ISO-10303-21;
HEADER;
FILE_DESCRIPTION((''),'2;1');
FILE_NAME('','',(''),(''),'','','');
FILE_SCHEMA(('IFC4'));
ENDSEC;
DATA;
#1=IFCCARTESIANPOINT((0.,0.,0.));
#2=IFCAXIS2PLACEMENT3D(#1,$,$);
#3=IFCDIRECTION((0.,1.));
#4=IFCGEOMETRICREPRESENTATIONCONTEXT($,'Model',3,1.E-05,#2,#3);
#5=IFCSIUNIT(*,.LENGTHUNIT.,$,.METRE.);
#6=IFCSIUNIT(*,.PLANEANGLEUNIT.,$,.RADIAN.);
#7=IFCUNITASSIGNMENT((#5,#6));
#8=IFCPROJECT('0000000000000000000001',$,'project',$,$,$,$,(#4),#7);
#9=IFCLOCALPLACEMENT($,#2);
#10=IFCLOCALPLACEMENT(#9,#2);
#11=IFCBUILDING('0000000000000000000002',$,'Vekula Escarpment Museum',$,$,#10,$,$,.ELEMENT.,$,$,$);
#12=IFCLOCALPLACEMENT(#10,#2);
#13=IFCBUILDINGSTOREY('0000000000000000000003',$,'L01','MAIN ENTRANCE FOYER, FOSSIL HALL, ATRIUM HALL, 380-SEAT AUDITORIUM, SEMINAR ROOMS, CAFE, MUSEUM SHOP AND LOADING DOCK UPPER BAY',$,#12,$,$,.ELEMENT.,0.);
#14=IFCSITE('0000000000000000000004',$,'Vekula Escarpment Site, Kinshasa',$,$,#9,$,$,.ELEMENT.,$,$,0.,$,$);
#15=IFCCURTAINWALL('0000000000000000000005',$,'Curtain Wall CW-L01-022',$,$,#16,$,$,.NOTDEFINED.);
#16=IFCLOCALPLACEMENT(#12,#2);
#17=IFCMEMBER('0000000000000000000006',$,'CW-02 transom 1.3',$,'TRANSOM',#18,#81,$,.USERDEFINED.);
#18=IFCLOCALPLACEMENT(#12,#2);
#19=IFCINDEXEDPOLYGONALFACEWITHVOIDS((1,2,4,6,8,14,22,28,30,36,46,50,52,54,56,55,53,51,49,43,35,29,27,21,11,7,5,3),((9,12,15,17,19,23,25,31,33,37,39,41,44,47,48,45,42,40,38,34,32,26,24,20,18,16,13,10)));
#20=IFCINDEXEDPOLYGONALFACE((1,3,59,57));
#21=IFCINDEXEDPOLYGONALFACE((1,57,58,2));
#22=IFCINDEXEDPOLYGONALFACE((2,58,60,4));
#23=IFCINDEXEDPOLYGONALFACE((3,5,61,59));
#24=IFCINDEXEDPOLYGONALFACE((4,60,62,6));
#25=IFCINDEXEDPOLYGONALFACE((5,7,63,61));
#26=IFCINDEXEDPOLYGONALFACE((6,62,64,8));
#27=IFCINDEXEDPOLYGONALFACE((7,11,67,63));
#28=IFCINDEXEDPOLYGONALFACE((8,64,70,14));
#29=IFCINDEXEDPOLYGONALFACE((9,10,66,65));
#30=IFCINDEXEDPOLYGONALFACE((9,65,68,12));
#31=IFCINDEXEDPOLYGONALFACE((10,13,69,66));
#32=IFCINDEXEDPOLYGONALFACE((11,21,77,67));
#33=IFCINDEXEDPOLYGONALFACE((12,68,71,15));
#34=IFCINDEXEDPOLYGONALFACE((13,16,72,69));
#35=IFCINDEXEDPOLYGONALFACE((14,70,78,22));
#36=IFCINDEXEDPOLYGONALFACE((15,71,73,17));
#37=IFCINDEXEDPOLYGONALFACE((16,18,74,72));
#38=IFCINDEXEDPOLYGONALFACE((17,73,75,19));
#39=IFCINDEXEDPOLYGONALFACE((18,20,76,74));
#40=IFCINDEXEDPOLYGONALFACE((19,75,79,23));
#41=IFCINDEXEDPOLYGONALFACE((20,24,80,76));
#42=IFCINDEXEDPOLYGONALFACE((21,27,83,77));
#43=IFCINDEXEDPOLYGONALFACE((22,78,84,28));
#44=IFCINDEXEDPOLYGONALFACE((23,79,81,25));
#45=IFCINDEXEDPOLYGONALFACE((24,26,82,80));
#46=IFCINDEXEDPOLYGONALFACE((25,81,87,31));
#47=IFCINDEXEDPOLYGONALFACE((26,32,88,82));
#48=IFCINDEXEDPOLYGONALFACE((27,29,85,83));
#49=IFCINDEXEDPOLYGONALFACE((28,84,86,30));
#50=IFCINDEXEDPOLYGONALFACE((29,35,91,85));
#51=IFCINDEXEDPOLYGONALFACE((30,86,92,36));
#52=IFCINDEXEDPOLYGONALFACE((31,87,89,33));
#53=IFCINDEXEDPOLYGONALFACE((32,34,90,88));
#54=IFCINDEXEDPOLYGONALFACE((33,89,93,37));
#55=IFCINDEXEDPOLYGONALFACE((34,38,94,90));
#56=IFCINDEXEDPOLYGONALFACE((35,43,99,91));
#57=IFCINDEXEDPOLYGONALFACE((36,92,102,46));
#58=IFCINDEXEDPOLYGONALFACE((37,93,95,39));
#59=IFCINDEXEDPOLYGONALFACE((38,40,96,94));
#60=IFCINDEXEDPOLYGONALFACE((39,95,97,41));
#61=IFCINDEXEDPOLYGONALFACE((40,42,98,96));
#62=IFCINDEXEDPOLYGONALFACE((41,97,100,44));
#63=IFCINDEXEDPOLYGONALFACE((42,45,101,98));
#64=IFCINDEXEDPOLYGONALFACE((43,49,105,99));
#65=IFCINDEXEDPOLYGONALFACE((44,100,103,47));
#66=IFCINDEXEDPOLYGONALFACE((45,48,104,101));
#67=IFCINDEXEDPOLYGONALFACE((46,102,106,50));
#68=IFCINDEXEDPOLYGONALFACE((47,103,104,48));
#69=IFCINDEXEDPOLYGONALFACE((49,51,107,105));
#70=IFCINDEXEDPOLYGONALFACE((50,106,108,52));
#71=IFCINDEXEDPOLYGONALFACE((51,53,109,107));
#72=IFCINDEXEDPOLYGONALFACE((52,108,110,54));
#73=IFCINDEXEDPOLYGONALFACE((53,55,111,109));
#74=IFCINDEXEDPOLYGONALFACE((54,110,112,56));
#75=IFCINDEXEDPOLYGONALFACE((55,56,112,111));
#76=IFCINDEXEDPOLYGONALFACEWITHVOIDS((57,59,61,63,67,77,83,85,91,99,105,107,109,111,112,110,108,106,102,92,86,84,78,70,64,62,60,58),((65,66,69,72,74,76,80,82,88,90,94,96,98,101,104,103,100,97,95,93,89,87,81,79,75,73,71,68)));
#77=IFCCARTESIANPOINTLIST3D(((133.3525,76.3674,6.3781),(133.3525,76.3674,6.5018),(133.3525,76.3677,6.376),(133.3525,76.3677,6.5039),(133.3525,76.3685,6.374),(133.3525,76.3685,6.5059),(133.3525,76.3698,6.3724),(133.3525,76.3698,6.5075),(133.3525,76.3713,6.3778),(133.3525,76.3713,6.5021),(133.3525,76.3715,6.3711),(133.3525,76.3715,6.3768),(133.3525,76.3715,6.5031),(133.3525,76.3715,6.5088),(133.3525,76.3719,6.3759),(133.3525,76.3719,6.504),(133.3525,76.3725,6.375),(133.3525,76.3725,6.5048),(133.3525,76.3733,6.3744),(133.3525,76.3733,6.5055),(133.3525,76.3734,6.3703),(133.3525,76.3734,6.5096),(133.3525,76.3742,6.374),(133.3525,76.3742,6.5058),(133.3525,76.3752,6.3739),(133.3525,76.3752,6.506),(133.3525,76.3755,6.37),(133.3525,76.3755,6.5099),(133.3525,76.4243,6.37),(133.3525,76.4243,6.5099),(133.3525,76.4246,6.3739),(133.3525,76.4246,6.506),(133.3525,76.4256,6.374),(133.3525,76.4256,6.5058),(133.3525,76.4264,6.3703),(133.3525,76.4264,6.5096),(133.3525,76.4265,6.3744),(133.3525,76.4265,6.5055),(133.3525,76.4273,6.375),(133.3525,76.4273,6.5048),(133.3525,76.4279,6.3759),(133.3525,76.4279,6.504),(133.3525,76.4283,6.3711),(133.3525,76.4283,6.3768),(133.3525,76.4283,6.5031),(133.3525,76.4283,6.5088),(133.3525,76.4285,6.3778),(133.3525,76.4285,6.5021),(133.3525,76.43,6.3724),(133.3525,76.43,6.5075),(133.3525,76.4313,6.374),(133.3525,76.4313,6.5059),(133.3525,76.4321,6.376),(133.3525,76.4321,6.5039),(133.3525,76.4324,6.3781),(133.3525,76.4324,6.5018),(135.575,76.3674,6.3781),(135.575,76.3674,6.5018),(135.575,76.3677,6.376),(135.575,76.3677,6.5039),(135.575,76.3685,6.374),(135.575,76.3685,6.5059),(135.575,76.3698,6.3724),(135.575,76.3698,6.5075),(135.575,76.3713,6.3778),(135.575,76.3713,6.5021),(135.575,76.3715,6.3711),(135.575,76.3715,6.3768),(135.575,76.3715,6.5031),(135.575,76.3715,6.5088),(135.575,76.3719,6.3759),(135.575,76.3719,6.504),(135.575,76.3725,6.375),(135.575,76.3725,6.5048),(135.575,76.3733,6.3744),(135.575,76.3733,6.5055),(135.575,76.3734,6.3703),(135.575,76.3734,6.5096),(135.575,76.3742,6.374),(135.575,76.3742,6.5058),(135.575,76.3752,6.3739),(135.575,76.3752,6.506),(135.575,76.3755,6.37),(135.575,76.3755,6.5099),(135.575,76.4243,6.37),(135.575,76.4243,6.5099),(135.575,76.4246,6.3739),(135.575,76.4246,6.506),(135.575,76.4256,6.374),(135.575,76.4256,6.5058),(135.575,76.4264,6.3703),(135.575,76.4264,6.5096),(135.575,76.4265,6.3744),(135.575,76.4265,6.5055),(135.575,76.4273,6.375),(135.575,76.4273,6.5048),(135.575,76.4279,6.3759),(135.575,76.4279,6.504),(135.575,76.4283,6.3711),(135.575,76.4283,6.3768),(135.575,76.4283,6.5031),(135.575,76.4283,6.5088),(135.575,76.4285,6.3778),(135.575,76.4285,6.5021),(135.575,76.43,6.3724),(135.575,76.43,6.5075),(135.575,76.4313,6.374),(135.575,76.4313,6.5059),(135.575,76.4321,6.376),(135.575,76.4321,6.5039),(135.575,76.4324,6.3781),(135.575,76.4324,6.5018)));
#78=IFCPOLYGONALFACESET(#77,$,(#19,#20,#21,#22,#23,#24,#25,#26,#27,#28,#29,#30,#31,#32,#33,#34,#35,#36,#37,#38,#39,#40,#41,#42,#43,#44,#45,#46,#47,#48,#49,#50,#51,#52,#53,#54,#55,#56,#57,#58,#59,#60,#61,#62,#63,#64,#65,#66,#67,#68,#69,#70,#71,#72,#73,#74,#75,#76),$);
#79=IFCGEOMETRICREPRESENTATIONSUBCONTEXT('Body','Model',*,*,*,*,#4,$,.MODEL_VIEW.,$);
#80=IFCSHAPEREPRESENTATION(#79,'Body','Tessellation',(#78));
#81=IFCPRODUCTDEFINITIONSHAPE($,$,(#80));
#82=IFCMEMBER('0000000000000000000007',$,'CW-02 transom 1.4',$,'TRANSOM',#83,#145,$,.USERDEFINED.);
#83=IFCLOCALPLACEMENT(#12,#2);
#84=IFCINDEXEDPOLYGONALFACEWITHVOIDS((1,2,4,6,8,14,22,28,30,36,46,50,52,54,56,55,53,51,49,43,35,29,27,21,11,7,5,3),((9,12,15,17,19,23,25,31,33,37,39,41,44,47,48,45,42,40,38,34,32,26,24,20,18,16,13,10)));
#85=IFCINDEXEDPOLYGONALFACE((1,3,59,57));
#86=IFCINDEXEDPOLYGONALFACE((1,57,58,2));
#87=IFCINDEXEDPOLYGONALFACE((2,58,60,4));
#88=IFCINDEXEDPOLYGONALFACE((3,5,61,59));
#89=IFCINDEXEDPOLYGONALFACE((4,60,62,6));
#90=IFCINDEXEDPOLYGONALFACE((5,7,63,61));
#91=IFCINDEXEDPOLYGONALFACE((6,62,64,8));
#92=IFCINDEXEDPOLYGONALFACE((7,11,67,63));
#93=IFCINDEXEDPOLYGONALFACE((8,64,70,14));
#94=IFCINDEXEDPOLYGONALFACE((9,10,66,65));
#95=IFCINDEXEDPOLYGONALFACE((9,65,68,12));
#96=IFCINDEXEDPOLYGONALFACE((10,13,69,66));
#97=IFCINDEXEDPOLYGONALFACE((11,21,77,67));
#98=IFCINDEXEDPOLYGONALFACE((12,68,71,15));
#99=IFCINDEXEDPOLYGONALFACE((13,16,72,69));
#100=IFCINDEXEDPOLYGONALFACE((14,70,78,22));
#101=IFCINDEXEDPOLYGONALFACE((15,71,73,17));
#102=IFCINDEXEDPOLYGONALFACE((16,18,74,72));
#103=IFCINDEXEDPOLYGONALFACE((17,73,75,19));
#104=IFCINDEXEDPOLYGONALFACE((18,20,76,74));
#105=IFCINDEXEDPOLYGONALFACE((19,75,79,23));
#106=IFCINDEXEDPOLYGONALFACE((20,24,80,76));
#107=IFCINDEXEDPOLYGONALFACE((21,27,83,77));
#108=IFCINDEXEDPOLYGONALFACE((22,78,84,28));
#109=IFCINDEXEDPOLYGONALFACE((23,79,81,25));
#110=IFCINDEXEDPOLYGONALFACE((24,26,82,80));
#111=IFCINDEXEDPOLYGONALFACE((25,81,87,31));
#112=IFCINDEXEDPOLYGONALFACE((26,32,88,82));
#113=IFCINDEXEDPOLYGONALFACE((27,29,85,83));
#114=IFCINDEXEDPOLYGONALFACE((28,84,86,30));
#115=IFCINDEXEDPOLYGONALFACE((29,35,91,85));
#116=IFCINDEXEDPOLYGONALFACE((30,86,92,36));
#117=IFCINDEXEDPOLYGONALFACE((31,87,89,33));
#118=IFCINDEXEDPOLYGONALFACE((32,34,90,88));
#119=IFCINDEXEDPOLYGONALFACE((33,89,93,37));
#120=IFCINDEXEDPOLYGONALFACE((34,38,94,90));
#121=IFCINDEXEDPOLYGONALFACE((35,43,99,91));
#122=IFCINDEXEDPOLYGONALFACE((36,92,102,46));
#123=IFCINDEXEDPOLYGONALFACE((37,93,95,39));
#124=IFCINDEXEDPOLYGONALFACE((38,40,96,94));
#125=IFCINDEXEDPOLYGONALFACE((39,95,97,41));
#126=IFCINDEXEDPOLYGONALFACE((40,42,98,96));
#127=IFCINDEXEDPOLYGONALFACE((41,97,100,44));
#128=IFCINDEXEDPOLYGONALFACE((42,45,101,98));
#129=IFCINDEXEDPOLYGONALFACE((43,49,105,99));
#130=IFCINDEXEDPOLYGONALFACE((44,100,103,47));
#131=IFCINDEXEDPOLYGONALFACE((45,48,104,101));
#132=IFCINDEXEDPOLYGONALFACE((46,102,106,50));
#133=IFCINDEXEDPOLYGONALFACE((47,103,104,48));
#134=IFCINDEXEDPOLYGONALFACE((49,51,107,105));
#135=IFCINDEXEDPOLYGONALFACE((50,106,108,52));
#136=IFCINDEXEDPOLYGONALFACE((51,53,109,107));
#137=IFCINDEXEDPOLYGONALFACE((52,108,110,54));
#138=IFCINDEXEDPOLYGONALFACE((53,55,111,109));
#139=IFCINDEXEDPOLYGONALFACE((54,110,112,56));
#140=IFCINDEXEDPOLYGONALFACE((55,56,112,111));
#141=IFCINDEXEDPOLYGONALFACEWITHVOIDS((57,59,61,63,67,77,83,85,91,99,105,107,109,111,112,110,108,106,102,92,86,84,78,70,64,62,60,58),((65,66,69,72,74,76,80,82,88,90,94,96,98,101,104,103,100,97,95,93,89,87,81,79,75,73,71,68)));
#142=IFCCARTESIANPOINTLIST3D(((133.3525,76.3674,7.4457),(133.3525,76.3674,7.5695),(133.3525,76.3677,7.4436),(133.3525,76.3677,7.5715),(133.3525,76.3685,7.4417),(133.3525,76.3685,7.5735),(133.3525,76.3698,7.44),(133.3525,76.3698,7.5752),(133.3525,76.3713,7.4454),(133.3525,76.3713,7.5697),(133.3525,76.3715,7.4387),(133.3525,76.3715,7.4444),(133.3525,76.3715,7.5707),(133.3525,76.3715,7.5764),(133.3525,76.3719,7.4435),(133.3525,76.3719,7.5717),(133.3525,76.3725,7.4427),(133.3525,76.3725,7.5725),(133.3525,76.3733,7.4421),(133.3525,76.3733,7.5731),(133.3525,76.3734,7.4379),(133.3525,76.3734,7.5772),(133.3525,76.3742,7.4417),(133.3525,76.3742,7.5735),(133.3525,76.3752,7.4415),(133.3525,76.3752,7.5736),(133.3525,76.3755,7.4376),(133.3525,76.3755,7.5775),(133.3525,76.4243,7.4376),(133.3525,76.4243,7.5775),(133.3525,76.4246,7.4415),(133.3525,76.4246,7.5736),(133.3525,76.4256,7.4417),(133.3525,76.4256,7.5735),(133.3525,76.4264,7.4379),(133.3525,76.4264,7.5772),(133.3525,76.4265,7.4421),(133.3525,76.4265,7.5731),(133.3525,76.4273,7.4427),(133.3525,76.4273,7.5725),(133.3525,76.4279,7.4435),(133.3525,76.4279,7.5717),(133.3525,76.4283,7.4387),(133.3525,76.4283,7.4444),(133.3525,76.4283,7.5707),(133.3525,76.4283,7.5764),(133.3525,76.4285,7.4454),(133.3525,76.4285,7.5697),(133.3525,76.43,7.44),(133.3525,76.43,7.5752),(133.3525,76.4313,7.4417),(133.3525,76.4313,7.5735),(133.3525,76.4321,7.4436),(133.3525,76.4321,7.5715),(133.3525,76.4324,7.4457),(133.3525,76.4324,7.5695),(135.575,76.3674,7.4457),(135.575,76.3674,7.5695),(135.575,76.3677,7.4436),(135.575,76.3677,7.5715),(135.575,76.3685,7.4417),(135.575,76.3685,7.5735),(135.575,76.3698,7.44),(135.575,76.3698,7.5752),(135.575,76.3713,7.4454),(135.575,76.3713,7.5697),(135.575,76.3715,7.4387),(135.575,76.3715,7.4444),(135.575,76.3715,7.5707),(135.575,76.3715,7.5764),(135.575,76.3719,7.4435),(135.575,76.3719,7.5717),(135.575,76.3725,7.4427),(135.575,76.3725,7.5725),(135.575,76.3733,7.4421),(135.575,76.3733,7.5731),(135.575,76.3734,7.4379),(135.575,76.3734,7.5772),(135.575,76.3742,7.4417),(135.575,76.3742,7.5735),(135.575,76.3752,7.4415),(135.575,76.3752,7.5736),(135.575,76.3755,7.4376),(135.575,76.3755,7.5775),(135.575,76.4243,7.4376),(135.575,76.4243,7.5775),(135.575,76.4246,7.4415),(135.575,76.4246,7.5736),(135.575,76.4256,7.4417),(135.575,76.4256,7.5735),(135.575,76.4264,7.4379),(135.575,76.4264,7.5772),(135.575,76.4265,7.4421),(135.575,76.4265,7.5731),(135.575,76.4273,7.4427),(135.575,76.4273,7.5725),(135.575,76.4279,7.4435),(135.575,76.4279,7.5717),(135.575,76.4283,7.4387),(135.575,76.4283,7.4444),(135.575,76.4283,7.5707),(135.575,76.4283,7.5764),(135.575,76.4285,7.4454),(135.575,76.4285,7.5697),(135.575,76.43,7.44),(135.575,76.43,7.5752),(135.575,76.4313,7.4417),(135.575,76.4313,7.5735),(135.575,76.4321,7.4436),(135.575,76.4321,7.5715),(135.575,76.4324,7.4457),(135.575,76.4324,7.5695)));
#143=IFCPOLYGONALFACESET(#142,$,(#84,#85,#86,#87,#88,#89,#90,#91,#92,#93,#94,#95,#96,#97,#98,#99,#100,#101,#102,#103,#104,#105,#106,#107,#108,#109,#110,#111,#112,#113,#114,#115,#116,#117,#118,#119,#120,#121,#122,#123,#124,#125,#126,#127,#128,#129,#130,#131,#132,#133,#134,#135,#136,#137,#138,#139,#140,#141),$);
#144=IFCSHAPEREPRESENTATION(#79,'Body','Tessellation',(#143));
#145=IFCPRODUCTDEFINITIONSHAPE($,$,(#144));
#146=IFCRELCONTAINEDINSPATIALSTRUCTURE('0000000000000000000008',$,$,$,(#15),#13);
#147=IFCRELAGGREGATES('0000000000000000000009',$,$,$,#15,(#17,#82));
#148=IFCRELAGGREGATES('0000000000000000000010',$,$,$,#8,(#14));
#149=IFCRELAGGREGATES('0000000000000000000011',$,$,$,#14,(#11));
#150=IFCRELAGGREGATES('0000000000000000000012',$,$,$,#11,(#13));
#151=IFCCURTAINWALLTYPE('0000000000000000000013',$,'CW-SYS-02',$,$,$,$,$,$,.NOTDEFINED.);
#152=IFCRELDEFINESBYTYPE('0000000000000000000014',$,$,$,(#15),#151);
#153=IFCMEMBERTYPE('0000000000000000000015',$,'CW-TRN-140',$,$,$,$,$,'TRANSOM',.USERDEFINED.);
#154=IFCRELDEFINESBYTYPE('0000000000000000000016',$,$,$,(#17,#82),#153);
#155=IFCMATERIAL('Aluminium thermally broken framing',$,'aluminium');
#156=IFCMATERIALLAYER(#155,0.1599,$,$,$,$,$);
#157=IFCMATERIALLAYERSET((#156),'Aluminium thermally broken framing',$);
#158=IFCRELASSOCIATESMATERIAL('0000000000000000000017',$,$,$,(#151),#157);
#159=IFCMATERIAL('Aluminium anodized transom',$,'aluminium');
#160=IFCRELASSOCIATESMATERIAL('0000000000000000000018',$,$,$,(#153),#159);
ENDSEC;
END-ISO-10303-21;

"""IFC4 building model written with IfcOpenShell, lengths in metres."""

from ifc_helpers import new_model, si_unit, direction, frame, origin, origin_2d, place, context, subcontext, project, spatial, hollow_rectangle, extrude, material, layer, layer_set, material_profile, profile_set, type_object, element, aggregate, save


model = new_model("IFC4")

# Units and contexts
model_context = context("Model", 3, precision=1e-05, world=origin(), true_north=direction((0.0, 1.0)))
body_context = subcontext(model_context, "Body", "Model", "MODEL_VIEW")
ifc_project = project(units=[si_unit("LENGTHUNIT", "METRE"), si_unit("PLANEANGLEUNIT", "RADIAN")], contexts=[model_context])

# Site, building, storey
site_placement = place(None, origin())
site = spatial("IfcSite", under=ifc_project, at=site_placement, Name="Vekula Escarpment Site, Kinshasa", CompositionType="ELEMENT", RefElevation=0.0)
building_placement = place(site_placement, origin())
building = spatial("IfcBuilding", under=site, at=building_placement, Name="Vekula Escarpment Museum", CompositionType="ELEMENT")
storey_placement = place(building_placement, origin())
storey = spatial("IfcBuildingStorey", under=building, at=storey_placement, Name="L01", Description="MAIN ENTRANCE FOYER, FOSSIL HALL, ATRIUM HALL, 380-SEAT AUDITORIUM, SEMINAR ROOMS, CAFE, MUSEUM SHOP AND LOADING DOCK UPPER BAY", CompositionType="ELEMENT", Elevation=0.0)

# Curtain wall
ifc_material_1 = material(Name="Aluminium thermally broken framing", Category="aluminium")
ifc_layer_1 = layer(ifc_material_1, 0.1599)
ifc_layer_set_1 = layer_set([ifc_layer_1], Name="Aluminium thermally broken framing")
curtain_wall_type_1 = type_object("IfcCurtainWallType", Name="CW-SYS-02", PredefinedType="NOTDEFINED", material=ifc_layer_set_1)
curtain_wall_1_placement = place(storey_placement, origin())
curtain_wall_1 = element("IfcCurtainWall", 1, at=curtain_wall_1_placement, inside=storey, type_object=curtain_wall_type_1, Name="Curtain Wall CW-L01-022", PredefinedType="NOTDEFINED")

# Members
ifc_material_2 = material(Name="Aluminium anodized transom", Category="aluminium")
ifc_material_profile_1 = material_profile(ifc_material_2, hollow_rectangle(XDim=0.0649, YDim=0.1399, WallThickness=0.0039, InnerFilletRadius=0.0039, OuterFilletRadius=0.0081, at=origin_2d()), Name="ALU 140x65x4")
ifc_profile_set_1 = profile_set([ifc_material_profile_1], Name="Aluminium anodized transom")
member_type_1 = type_object("IfcMemberType", Name="CW-TRN-140", ElementType="TRANSOM", PredefinedType="USERDEFINED", material=ifc_profile_set_1)
member_1_placement = place(storey_placement, frame((135.575, 76.3999, 6.4399), z_axis=(-1.0, 0.0, 0.0), x_axis=(0.0, -1.0, 0.0)))
member_1 = element("IfcMember", 2, at=member_1_placement, type_object=member_type_1, Name="CW-02 transom 1.3", ObjectType="TRANSOM", PredefinedType="USERDEFINED", context=body_context, shape_type="SweptSolid", body=[
    extrude(hollow_rectangle(XDim=0.0649, YDim=0.1399, WallThickness=0.0039, InnerFilletRadius=0.0039, OuterFilletRadius=0.0081, at=origin_2d()), origin(), (0.0, 0.0, 1.0), 2.2224),
])
member_2_placement = place(storey_placement, frame((135.575, 76.3999, 7.5076), z_axis=(-1.0, 0.0, 0.0), x_axis=(0.0, -1.0, 0.0)))
member_2 = element("IfcMember", 3, at=member_2_placement, type_object=member_type_1, Name="CW-02 transom 1.4", ObjectType="TRANSOM", PredefinedType="USERDEFINED", context=body_context, shape_type="SweptSolid", body=[
    extrude(hollow_rectangle(XDim=0.0649, YDim=0.1399, WallThickness=0.0039, InnerFilletRadius=0.0039, OuterFilletRadius=0.0081, at=origin_2d()), origin(), (0.0, 0.0, 1.0), 2.2224),
])

aggregate(curtain_wall_1, [member_1, member_2])

save(model, "model.ifc")
